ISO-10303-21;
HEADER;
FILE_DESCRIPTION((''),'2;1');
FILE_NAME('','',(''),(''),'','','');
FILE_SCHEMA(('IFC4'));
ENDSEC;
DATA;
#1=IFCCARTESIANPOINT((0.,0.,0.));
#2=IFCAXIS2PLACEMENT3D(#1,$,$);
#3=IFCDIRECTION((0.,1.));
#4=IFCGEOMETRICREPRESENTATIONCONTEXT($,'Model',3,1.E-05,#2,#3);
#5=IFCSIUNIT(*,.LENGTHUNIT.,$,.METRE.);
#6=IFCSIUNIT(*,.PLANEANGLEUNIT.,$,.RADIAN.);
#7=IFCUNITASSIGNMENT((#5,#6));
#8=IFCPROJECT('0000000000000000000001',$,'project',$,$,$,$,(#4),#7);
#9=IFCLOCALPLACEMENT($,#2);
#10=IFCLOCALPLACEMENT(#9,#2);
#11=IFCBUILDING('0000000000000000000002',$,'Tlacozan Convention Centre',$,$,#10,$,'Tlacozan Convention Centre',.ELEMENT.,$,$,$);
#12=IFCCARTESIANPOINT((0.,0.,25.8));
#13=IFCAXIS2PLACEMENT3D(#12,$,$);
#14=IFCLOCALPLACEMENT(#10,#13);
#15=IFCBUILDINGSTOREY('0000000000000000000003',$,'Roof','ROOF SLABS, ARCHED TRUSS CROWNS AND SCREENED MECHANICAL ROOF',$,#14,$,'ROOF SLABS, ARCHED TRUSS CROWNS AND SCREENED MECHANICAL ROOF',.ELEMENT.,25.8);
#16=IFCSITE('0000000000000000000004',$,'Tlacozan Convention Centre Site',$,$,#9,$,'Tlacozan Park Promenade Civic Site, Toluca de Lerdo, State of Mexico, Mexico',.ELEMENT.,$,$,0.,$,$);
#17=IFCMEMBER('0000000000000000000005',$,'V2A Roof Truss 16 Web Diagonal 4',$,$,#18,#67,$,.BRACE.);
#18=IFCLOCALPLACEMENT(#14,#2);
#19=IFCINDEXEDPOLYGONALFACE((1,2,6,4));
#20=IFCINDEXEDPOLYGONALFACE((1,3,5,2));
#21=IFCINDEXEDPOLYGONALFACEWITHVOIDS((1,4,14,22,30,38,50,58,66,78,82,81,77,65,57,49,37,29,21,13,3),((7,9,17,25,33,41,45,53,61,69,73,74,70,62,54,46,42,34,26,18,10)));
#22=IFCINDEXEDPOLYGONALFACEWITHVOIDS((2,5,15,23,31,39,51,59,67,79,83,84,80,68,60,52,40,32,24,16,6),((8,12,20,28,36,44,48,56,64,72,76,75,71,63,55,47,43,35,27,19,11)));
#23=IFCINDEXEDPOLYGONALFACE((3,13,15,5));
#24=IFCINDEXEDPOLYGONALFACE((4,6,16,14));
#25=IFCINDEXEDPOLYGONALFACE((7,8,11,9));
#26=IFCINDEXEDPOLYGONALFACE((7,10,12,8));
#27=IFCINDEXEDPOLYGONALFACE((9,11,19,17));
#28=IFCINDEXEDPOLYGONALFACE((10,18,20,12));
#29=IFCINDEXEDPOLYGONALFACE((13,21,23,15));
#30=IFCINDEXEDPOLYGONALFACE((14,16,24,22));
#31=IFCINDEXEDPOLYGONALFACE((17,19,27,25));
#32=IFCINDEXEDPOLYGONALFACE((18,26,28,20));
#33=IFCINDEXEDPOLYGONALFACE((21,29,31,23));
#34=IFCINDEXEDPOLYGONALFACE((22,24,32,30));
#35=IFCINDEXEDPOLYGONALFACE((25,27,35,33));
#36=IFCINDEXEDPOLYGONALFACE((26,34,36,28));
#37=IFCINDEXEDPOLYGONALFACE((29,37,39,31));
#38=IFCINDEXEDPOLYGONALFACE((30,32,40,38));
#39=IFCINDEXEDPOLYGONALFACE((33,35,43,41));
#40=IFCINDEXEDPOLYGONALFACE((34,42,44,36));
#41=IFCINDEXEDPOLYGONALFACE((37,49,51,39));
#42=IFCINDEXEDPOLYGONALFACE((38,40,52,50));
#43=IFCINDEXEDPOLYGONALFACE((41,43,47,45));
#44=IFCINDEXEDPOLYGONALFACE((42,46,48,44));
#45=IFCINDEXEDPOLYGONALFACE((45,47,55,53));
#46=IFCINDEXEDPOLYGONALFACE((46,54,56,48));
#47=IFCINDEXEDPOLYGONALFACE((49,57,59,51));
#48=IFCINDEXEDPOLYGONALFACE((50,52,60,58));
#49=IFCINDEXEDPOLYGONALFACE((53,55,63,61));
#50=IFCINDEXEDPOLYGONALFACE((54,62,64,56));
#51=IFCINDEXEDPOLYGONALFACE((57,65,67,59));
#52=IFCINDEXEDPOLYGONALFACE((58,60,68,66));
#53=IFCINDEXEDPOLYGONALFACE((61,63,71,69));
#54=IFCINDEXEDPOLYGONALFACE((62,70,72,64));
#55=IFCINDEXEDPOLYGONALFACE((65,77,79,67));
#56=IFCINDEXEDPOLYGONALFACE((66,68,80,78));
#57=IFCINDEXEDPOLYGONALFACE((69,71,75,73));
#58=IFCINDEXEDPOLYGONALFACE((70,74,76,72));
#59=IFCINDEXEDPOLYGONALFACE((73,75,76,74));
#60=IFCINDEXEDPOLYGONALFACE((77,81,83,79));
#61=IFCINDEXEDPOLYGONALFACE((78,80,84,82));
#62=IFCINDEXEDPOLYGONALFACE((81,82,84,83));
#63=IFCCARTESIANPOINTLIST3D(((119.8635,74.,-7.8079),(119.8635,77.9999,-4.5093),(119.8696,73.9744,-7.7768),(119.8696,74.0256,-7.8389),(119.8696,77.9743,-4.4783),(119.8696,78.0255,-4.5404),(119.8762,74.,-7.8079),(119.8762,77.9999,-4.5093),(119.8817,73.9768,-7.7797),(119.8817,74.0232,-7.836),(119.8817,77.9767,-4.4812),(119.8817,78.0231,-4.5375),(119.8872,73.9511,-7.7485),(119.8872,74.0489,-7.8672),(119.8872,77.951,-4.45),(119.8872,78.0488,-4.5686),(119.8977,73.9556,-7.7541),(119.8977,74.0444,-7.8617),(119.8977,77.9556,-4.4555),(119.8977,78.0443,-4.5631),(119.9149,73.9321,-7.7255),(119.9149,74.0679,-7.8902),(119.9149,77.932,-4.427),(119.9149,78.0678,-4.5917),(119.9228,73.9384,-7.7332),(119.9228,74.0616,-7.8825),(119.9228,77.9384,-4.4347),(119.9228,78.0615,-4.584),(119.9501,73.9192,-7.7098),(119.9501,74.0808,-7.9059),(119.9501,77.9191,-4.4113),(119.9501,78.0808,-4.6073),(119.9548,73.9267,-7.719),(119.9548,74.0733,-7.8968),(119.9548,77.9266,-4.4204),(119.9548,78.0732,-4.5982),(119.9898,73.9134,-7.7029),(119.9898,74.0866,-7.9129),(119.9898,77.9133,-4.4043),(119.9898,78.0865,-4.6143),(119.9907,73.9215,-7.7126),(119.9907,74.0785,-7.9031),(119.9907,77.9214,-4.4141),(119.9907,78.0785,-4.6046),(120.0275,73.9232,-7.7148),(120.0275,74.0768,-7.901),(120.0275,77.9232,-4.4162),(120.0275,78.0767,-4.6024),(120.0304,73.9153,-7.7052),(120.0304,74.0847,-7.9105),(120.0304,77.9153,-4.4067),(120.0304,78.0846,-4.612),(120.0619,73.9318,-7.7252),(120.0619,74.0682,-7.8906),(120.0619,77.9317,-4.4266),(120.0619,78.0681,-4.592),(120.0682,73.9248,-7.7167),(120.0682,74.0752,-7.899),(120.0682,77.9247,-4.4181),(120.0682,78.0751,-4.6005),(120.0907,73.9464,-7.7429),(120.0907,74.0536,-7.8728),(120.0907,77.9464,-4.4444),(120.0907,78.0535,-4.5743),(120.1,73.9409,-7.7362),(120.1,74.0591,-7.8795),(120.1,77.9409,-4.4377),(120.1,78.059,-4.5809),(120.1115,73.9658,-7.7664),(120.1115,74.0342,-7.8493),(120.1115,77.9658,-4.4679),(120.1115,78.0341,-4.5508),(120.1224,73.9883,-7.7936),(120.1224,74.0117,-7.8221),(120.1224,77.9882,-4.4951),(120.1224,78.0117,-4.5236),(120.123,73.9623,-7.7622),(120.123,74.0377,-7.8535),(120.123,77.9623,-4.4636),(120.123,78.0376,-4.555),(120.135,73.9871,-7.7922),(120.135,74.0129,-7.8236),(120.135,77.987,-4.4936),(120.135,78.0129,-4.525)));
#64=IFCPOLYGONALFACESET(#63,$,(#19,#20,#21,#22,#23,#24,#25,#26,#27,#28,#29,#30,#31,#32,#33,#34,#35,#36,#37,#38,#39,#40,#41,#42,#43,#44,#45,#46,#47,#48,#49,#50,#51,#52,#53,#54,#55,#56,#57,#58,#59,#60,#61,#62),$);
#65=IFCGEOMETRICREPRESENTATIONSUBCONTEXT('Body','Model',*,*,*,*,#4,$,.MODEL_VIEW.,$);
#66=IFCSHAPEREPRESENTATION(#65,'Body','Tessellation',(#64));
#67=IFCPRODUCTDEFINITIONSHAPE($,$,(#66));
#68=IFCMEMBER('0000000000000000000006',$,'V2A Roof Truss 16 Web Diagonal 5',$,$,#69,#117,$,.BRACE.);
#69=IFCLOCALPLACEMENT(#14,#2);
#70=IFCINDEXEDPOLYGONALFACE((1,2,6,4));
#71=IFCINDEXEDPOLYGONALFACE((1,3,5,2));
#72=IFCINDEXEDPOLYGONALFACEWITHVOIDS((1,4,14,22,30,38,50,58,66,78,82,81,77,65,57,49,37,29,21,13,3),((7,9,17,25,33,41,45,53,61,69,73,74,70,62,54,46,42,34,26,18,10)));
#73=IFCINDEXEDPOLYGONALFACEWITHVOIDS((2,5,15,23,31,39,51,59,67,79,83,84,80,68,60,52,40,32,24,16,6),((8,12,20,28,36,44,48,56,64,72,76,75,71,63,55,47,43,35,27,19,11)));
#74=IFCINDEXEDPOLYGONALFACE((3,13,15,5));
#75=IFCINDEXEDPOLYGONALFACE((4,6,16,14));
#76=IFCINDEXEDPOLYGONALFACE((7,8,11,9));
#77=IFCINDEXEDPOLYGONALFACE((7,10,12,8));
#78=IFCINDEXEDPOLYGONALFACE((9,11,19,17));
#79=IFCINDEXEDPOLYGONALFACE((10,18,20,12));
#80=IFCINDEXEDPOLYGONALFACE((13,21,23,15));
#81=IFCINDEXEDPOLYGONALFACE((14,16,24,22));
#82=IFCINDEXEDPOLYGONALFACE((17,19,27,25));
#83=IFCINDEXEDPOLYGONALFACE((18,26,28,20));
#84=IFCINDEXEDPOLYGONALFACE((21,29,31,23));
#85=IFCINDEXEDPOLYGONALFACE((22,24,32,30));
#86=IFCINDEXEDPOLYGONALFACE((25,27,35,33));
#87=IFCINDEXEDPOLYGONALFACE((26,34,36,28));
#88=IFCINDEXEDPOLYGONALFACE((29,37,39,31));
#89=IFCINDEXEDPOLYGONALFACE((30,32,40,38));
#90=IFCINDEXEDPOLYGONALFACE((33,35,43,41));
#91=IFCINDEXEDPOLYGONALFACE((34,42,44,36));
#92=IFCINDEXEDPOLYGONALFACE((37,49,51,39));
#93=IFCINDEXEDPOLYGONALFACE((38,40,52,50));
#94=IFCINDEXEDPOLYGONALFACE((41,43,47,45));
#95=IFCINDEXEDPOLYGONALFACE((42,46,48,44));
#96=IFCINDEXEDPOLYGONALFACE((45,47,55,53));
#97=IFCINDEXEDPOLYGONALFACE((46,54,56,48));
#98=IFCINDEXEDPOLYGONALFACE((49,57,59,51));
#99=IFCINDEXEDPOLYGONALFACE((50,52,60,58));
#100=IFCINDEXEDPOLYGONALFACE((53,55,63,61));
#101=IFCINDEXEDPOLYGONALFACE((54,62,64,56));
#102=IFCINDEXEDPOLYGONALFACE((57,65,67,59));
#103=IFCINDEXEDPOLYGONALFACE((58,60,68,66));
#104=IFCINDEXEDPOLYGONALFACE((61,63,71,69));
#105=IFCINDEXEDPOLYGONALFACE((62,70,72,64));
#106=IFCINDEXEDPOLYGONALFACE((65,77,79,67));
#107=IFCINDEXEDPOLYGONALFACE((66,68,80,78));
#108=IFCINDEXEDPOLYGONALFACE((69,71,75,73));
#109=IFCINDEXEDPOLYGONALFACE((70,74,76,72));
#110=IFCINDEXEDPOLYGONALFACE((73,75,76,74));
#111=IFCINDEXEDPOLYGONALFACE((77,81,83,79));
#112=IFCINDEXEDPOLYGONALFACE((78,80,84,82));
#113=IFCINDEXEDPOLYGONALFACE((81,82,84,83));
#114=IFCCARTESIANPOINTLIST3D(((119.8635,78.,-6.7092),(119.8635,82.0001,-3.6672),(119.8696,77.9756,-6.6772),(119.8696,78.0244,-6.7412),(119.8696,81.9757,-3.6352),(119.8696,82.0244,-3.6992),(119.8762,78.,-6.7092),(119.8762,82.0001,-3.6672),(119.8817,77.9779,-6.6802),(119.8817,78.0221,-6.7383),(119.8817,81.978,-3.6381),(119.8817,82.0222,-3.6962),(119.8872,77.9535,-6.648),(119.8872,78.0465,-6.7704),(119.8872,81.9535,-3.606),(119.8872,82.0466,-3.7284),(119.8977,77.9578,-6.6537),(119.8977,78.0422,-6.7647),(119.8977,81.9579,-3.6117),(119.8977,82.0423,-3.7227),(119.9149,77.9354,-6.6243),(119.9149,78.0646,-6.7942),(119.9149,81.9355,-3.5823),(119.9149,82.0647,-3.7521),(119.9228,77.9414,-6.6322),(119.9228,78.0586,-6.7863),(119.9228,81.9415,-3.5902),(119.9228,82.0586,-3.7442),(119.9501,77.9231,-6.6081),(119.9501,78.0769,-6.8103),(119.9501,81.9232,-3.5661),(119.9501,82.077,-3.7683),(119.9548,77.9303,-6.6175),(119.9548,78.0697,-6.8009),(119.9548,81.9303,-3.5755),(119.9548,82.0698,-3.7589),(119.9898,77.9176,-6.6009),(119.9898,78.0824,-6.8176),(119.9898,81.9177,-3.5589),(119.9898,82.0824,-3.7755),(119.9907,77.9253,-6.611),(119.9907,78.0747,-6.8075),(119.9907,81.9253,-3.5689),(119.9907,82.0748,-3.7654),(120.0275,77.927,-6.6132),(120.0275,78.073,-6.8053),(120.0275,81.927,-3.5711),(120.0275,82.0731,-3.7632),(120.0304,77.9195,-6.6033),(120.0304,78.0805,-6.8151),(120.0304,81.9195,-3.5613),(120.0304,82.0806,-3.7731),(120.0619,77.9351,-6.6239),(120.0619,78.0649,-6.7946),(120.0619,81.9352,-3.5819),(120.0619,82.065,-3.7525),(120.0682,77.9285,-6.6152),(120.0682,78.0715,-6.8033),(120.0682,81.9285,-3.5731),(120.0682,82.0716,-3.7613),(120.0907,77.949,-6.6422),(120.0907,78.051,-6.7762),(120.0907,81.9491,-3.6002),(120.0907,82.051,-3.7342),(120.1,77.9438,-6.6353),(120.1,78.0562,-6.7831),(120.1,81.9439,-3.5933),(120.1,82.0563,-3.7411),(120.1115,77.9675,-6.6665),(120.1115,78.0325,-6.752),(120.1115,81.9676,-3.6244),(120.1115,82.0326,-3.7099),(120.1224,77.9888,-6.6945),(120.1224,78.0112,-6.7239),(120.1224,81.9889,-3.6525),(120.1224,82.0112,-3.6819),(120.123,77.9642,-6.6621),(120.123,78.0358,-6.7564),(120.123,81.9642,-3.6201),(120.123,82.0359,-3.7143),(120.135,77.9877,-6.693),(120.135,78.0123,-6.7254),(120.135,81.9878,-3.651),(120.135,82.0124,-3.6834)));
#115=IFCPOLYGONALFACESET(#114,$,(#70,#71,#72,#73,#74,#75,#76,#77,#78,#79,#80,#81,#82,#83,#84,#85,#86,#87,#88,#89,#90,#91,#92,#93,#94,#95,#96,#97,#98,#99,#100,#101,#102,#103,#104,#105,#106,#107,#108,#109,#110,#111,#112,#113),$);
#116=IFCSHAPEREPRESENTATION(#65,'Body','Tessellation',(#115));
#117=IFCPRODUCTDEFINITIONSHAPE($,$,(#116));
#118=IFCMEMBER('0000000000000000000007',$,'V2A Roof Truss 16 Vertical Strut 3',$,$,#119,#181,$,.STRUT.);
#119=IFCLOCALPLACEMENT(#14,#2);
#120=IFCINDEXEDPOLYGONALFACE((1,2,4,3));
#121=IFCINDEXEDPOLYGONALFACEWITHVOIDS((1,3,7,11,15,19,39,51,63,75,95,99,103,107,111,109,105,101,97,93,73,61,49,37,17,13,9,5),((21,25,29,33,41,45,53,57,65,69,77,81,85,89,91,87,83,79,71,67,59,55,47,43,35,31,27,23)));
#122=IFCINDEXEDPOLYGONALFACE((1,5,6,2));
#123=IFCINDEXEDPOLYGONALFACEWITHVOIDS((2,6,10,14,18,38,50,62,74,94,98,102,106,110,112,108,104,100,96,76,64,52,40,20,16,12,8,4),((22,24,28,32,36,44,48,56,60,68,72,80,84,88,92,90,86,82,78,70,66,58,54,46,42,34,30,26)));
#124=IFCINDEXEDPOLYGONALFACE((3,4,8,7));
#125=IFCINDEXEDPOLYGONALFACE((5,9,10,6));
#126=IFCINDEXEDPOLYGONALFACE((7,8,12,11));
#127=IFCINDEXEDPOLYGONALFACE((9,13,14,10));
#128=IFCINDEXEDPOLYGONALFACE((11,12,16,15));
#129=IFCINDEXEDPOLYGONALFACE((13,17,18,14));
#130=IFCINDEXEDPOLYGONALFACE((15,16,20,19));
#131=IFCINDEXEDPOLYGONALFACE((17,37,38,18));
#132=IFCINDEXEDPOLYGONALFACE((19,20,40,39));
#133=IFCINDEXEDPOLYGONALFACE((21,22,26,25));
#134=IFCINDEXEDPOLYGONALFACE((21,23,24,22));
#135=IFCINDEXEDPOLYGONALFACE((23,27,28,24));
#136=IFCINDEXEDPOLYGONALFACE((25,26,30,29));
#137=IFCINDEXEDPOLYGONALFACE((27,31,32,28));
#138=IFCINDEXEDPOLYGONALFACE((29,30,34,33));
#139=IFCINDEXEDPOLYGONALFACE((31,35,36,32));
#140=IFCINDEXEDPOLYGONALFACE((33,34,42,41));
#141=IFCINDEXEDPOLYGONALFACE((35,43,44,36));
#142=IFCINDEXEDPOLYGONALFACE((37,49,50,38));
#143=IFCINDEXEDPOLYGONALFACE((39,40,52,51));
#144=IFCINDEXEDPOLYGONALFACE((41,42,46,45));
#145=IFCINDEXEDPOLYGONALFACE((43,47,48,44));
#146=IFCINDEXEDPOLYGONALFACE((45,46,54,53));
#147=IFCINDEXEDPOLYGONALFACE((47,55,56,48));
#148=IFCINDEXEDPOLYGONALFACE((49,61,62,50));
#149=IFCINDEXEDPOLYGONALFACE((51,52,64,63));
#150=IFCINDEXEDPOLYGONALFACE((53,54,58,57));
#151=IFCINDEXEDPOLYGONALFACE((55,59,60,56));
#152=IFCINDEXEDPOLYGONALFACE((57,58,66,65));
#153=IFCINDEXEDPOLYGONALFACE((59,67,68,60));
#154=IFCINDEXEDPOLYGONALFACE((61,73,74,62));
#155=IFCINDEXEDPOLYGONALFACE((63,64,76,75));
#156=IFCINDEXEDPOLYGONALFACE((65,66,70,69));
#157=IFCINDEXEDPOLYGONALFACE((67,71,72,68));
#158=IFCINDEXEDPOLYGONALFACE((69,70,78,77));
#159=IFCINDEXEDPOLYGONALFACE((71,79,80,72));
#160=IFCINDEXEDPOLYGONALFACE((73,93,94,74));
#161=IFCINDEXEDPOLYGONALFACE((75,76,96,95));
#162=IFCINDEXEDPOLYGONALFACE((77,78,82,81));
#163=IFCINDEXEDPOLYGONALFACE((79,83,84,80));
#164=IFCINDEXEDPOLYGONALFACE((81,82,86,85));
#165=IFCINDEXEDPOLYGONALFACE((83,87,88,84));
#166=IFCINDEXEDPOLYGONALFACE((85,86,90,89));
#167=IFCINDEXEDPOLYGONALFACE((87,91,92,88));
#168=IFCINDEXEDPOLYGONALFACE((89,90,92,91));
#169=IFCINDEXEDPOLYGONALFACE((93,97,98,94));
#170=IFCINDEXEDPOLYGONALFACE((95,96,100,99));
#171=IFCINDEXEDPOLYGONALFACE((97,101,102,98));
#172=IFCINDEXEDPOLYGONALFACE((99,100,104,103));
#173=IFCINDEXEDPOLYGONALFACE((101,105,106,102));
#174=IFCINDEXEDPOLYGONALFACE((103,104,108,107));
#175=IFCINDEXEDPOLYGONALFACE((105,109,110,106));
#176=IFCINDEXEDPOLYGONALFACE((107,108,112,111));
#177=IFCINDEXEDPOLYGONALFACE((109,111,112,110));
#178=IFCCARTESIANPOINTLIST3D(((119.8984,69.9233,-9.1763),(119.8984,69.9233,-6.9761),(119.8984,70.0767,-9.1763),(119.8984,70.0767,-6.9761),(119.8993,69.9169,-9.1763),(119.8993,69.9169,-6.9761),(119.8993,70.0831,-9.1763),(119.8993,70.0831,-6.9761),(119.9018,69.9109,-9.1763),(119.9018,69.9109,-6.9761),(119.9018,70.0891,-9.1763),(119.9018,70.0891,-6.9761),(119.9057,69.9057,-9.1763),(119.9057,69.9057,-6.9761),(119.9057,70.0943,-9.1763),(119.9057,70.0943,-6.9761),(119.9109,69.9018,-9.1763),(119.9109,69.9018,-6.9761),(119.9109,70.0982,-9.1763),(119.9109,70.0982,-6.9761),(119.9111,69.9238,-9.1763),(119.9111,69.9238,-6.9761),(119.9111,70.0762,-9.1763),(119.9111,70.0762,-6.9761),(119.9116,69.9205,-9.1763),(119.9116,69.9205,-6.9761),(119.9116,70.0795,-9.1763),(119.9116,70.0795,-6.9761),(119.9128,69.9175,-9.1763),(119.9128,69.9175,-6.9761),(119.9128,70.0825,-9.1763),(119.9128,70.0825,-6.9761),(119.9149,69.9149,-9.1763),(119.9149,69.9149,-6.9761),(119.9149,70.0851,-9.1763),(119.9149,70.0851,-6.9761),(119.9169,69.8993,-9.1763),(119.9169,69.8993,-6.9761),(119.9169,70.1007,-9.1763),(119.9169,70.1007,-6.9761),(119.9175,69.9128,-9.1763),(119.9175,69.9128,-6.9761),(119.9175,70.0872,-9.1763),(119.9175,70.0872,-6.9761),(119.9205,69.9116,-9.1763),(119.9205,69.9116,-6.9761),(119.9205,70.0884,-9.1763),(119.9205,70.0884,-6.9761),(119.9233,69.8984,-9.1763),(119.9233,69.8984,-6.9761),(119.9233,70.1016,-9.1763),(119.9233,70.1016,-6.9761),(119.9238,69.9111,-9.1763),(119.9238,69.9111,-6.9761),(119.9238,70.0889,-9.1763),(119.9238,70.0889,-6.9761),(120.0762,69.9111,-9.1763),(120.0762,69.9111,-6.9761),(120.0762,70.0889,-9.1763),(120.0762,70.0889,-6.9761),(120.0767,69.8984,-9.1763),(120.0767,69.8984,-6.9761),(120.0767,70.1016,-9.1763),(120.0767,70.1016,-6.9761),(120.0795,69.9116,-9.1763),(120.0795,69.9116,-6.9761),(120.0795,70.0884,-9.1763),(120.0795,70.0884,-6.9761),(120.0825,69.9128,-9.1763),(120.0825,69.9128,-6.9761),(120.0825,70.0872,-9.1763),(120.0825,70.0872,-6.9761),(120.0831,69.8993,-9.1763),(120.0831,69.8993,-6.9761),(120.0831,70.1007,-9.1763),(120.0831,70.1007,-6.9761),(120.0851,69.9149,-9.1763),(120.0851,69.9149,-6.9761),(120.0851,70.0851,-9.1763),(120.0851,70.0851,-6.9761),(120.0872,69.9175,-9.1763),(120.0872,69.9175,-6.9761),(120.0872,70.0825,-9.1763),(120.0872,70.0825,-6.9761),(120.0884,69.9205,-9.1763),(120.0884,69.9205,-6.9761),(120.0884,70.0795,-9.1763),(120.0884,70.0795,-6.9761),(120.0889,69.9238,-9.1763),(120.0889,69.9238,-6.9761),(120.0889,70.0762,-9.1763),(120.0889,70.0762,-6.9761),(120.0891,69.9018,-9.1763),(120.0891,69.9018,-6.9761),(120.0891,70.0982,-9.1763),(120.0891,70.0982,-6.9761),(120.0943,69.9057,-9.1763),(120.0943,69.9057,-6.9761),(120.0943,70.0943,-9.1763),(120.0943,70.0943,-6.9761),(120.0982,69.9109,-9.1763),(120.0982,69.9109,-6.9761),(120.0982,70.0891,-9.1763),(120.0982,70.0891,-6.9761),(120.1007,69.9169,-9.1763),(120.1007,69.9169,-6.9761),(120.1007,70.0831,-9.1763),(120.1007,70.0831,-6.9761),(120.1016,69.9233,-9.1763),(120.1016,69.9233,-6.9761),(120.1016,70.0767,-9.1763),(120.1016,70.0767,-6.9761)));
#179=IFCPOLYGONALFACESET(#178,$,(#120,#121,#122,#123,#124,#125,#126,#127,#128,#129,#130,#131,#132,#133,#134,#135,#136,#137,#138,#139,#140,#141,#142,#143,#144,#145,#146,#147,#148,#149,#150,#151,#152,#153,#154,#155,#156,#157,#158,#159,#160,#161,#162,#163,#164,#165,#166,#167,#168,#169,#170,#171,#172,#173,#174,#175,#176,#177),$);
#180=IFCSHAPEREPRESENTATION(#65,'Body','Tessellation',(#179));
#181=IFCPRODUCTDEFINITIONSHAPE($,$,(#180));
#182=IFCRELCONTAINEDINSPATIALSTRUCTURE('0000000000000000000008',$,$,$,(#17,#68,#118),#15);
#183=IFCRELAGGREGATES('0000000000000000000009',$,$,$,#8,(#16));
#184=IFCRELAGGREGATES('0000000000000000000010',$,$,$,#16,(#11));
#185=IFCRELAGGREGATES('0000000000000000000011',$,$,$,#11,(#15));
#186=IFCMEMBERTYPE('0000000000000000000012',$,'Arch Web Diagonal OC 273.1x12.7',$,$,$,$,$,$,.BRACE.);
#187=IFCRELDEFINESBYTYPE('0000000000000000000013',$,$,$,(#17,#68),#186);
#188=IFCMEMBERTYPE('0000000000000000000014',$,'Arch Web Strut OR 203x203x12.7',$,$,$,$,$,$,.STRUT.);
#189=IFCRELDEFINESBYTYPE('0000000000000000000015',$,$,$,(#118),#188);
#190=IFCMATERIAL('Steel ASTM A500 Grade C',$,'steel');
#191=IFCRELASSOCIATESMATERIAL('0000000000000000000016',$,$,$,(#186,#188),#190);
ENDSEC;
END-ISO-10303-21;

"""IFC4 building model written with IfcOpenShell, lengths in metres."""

from ifc_helpers import new_model, si_unit, direction, frame, origin, origin_2d, place, context, subcontext, project, spatial, hollow_rectangle, hollow_circle, extrude, material, material_profile, profile_set, type_object, element, save


model = new_model("IFC4")

# Units and contexts
model_context = context("Model", 3, precision=1e-05, world=origin(), true_north=direction((0.0, 1.0)))
body_context = subcontext(model_context, "Body", "Model", "MODEL_VIEW")
ifc_project = project(units=[si_unit("LENGTHUNIT", "METRE"), si_unit("PLANEANGLEUNIT", "RADIAN")], contexts=[model_context])

# Site, building, storey
site_placement = place(None, origin())
site = spatial("IfcSite", under=ifc_project, at=site_placement, Name="Tlacozan Convention Centre Site", LongName="Tlacozan Park Promenade Civic Site, Toluca de Lerdo, State of Mexico, Mexico", CompositionType="ELEMENT", RefElevation=0.0)
building_placement = place(site_placement, origin())
building = spatial("IfcBuilding", under=site, at=building_placement, Name="Tlacozan Convention Centre", LongName="Tlacozan Convention Centre", CompositionType="ELEMENT")
storey_placement = place(building_placement, frame((0.0, 0.0, 25.8)))
storey = spatial("IfcBuildingStorey", under=building, at=storey_placement, Name="Roof", Description="ROOF SLABS, ARCHED TRUSS CROWNS AND SCREENED MECHANICAL ROOF", LongName="ROOF SLABS, ARCHED TRUSS CROWNS AND SCREENED MECHANICAL ROOF", CompositionType="ELEMENT", Elevation=25.8)

# Members
ifc_material_1 = material(Name="Steel ASTM A500 Grade C", Category="steel")
ifc_material_profile_1 = material_profile(ifc_material_1, hollow_circle(Radius=0.1365, WallThickness=0.0127, at=origin_2d()), Name="OC 273.1x12.7")
ifc_profile_set_1 = profile_set([ifc_material_profile_1], Name="Steel ASTM A500 Grade C")
member_type_1 = type_object("IfcMemberType", Name="Arch Web Diagonal OC 273.1x12.7", PredefinedType="BRACE", material=ifc_profile_set_1)
member_1_placement = place(storey_placement, frame((120.0, 74.0, -7.8079), z_axis=(0.0, 0.771507, 0.63622), x_axis=(-1.0, 0.0, 0.0)))
element("IfcMember", 1, at=member_1_placement, inside=storey, type_object=member_type_1, Name="V2A Roof Truss 16 Web Diagonal 4", PredefinedType="BRACE", context=body_context, shape_type="SweptSolid", body=[
    extrude(hollow_circle(Radius=0.1365, WallThickness=0.0127, at=origin_2d()), origin(), (0.0, 0.0, 1.0), 5.1846),
])
member_2_placement = place(storey_placement, frame((120.0, 78.0, -6.7092), z_axis=(0.0, 0.795971, 0.605335), x_axis=(-1.0, 0.0, 0.0)))
element("IfcMember", 2, at=member_2_placement, inside=storey, type_object=member_type_1, Name="V2A Roof Truss 16 Web Diagonal 5", PredefinedType="BRACE", context=body_context, shape_type="SweptSolid", body=[
    extrude(hollow_circle(Radius=0.1365, WallThickness=0.0127, at=origin_2d()), origin(), (0.0, 0.0, 1.0), 5.0254),
])
ifc_material_profile_2 = material_profile(ifc_material_1, hollow_rectangle(XDim=0.2031, YDim=0.2031, WallThickness=0.0127, InnerFilletRadius=0.0127, OuterFilletRadius=0.0249, at=origin_2d()), Name="OR 203x203x12.7")
ifc_profile_set_2 = profile_set([ifc_material_profile_2], Name="Steel ASTM A500 Grade C")
member_type_2 = type_object("IfcMemberType", Name="Arch Web Strut OR 203x203x12.7", PredefinedType="STRUT", material=ifc_profile_set_2)
member_3_placement = place(storey_placement, frame((120.0, 70.0, -9.1763), z_axis=(0.0, 0.0, 1.0), x_axis=(1.0, 0.0, 0.0)))
element("IfcMember", 3, at=member_3_placement, inside=storey, type_object=member_type_2, Name="V2A Roof Truss 16 Vertical Strut 3", PredefinedType="STRUT", context=body_context, shape_type="SweptSolid", body=[
    extrude(hollow_rectangle(XDim=0.2031, YDim=0.2031, WallThickness=0.0127, InnerFilletRadius=0.0127, OuterFilletRadius=0.0249, at=origin_2d()), origin(), (0.0, 0.0, 1.0), 2.2002),
])

save(model, "model.ifc")
